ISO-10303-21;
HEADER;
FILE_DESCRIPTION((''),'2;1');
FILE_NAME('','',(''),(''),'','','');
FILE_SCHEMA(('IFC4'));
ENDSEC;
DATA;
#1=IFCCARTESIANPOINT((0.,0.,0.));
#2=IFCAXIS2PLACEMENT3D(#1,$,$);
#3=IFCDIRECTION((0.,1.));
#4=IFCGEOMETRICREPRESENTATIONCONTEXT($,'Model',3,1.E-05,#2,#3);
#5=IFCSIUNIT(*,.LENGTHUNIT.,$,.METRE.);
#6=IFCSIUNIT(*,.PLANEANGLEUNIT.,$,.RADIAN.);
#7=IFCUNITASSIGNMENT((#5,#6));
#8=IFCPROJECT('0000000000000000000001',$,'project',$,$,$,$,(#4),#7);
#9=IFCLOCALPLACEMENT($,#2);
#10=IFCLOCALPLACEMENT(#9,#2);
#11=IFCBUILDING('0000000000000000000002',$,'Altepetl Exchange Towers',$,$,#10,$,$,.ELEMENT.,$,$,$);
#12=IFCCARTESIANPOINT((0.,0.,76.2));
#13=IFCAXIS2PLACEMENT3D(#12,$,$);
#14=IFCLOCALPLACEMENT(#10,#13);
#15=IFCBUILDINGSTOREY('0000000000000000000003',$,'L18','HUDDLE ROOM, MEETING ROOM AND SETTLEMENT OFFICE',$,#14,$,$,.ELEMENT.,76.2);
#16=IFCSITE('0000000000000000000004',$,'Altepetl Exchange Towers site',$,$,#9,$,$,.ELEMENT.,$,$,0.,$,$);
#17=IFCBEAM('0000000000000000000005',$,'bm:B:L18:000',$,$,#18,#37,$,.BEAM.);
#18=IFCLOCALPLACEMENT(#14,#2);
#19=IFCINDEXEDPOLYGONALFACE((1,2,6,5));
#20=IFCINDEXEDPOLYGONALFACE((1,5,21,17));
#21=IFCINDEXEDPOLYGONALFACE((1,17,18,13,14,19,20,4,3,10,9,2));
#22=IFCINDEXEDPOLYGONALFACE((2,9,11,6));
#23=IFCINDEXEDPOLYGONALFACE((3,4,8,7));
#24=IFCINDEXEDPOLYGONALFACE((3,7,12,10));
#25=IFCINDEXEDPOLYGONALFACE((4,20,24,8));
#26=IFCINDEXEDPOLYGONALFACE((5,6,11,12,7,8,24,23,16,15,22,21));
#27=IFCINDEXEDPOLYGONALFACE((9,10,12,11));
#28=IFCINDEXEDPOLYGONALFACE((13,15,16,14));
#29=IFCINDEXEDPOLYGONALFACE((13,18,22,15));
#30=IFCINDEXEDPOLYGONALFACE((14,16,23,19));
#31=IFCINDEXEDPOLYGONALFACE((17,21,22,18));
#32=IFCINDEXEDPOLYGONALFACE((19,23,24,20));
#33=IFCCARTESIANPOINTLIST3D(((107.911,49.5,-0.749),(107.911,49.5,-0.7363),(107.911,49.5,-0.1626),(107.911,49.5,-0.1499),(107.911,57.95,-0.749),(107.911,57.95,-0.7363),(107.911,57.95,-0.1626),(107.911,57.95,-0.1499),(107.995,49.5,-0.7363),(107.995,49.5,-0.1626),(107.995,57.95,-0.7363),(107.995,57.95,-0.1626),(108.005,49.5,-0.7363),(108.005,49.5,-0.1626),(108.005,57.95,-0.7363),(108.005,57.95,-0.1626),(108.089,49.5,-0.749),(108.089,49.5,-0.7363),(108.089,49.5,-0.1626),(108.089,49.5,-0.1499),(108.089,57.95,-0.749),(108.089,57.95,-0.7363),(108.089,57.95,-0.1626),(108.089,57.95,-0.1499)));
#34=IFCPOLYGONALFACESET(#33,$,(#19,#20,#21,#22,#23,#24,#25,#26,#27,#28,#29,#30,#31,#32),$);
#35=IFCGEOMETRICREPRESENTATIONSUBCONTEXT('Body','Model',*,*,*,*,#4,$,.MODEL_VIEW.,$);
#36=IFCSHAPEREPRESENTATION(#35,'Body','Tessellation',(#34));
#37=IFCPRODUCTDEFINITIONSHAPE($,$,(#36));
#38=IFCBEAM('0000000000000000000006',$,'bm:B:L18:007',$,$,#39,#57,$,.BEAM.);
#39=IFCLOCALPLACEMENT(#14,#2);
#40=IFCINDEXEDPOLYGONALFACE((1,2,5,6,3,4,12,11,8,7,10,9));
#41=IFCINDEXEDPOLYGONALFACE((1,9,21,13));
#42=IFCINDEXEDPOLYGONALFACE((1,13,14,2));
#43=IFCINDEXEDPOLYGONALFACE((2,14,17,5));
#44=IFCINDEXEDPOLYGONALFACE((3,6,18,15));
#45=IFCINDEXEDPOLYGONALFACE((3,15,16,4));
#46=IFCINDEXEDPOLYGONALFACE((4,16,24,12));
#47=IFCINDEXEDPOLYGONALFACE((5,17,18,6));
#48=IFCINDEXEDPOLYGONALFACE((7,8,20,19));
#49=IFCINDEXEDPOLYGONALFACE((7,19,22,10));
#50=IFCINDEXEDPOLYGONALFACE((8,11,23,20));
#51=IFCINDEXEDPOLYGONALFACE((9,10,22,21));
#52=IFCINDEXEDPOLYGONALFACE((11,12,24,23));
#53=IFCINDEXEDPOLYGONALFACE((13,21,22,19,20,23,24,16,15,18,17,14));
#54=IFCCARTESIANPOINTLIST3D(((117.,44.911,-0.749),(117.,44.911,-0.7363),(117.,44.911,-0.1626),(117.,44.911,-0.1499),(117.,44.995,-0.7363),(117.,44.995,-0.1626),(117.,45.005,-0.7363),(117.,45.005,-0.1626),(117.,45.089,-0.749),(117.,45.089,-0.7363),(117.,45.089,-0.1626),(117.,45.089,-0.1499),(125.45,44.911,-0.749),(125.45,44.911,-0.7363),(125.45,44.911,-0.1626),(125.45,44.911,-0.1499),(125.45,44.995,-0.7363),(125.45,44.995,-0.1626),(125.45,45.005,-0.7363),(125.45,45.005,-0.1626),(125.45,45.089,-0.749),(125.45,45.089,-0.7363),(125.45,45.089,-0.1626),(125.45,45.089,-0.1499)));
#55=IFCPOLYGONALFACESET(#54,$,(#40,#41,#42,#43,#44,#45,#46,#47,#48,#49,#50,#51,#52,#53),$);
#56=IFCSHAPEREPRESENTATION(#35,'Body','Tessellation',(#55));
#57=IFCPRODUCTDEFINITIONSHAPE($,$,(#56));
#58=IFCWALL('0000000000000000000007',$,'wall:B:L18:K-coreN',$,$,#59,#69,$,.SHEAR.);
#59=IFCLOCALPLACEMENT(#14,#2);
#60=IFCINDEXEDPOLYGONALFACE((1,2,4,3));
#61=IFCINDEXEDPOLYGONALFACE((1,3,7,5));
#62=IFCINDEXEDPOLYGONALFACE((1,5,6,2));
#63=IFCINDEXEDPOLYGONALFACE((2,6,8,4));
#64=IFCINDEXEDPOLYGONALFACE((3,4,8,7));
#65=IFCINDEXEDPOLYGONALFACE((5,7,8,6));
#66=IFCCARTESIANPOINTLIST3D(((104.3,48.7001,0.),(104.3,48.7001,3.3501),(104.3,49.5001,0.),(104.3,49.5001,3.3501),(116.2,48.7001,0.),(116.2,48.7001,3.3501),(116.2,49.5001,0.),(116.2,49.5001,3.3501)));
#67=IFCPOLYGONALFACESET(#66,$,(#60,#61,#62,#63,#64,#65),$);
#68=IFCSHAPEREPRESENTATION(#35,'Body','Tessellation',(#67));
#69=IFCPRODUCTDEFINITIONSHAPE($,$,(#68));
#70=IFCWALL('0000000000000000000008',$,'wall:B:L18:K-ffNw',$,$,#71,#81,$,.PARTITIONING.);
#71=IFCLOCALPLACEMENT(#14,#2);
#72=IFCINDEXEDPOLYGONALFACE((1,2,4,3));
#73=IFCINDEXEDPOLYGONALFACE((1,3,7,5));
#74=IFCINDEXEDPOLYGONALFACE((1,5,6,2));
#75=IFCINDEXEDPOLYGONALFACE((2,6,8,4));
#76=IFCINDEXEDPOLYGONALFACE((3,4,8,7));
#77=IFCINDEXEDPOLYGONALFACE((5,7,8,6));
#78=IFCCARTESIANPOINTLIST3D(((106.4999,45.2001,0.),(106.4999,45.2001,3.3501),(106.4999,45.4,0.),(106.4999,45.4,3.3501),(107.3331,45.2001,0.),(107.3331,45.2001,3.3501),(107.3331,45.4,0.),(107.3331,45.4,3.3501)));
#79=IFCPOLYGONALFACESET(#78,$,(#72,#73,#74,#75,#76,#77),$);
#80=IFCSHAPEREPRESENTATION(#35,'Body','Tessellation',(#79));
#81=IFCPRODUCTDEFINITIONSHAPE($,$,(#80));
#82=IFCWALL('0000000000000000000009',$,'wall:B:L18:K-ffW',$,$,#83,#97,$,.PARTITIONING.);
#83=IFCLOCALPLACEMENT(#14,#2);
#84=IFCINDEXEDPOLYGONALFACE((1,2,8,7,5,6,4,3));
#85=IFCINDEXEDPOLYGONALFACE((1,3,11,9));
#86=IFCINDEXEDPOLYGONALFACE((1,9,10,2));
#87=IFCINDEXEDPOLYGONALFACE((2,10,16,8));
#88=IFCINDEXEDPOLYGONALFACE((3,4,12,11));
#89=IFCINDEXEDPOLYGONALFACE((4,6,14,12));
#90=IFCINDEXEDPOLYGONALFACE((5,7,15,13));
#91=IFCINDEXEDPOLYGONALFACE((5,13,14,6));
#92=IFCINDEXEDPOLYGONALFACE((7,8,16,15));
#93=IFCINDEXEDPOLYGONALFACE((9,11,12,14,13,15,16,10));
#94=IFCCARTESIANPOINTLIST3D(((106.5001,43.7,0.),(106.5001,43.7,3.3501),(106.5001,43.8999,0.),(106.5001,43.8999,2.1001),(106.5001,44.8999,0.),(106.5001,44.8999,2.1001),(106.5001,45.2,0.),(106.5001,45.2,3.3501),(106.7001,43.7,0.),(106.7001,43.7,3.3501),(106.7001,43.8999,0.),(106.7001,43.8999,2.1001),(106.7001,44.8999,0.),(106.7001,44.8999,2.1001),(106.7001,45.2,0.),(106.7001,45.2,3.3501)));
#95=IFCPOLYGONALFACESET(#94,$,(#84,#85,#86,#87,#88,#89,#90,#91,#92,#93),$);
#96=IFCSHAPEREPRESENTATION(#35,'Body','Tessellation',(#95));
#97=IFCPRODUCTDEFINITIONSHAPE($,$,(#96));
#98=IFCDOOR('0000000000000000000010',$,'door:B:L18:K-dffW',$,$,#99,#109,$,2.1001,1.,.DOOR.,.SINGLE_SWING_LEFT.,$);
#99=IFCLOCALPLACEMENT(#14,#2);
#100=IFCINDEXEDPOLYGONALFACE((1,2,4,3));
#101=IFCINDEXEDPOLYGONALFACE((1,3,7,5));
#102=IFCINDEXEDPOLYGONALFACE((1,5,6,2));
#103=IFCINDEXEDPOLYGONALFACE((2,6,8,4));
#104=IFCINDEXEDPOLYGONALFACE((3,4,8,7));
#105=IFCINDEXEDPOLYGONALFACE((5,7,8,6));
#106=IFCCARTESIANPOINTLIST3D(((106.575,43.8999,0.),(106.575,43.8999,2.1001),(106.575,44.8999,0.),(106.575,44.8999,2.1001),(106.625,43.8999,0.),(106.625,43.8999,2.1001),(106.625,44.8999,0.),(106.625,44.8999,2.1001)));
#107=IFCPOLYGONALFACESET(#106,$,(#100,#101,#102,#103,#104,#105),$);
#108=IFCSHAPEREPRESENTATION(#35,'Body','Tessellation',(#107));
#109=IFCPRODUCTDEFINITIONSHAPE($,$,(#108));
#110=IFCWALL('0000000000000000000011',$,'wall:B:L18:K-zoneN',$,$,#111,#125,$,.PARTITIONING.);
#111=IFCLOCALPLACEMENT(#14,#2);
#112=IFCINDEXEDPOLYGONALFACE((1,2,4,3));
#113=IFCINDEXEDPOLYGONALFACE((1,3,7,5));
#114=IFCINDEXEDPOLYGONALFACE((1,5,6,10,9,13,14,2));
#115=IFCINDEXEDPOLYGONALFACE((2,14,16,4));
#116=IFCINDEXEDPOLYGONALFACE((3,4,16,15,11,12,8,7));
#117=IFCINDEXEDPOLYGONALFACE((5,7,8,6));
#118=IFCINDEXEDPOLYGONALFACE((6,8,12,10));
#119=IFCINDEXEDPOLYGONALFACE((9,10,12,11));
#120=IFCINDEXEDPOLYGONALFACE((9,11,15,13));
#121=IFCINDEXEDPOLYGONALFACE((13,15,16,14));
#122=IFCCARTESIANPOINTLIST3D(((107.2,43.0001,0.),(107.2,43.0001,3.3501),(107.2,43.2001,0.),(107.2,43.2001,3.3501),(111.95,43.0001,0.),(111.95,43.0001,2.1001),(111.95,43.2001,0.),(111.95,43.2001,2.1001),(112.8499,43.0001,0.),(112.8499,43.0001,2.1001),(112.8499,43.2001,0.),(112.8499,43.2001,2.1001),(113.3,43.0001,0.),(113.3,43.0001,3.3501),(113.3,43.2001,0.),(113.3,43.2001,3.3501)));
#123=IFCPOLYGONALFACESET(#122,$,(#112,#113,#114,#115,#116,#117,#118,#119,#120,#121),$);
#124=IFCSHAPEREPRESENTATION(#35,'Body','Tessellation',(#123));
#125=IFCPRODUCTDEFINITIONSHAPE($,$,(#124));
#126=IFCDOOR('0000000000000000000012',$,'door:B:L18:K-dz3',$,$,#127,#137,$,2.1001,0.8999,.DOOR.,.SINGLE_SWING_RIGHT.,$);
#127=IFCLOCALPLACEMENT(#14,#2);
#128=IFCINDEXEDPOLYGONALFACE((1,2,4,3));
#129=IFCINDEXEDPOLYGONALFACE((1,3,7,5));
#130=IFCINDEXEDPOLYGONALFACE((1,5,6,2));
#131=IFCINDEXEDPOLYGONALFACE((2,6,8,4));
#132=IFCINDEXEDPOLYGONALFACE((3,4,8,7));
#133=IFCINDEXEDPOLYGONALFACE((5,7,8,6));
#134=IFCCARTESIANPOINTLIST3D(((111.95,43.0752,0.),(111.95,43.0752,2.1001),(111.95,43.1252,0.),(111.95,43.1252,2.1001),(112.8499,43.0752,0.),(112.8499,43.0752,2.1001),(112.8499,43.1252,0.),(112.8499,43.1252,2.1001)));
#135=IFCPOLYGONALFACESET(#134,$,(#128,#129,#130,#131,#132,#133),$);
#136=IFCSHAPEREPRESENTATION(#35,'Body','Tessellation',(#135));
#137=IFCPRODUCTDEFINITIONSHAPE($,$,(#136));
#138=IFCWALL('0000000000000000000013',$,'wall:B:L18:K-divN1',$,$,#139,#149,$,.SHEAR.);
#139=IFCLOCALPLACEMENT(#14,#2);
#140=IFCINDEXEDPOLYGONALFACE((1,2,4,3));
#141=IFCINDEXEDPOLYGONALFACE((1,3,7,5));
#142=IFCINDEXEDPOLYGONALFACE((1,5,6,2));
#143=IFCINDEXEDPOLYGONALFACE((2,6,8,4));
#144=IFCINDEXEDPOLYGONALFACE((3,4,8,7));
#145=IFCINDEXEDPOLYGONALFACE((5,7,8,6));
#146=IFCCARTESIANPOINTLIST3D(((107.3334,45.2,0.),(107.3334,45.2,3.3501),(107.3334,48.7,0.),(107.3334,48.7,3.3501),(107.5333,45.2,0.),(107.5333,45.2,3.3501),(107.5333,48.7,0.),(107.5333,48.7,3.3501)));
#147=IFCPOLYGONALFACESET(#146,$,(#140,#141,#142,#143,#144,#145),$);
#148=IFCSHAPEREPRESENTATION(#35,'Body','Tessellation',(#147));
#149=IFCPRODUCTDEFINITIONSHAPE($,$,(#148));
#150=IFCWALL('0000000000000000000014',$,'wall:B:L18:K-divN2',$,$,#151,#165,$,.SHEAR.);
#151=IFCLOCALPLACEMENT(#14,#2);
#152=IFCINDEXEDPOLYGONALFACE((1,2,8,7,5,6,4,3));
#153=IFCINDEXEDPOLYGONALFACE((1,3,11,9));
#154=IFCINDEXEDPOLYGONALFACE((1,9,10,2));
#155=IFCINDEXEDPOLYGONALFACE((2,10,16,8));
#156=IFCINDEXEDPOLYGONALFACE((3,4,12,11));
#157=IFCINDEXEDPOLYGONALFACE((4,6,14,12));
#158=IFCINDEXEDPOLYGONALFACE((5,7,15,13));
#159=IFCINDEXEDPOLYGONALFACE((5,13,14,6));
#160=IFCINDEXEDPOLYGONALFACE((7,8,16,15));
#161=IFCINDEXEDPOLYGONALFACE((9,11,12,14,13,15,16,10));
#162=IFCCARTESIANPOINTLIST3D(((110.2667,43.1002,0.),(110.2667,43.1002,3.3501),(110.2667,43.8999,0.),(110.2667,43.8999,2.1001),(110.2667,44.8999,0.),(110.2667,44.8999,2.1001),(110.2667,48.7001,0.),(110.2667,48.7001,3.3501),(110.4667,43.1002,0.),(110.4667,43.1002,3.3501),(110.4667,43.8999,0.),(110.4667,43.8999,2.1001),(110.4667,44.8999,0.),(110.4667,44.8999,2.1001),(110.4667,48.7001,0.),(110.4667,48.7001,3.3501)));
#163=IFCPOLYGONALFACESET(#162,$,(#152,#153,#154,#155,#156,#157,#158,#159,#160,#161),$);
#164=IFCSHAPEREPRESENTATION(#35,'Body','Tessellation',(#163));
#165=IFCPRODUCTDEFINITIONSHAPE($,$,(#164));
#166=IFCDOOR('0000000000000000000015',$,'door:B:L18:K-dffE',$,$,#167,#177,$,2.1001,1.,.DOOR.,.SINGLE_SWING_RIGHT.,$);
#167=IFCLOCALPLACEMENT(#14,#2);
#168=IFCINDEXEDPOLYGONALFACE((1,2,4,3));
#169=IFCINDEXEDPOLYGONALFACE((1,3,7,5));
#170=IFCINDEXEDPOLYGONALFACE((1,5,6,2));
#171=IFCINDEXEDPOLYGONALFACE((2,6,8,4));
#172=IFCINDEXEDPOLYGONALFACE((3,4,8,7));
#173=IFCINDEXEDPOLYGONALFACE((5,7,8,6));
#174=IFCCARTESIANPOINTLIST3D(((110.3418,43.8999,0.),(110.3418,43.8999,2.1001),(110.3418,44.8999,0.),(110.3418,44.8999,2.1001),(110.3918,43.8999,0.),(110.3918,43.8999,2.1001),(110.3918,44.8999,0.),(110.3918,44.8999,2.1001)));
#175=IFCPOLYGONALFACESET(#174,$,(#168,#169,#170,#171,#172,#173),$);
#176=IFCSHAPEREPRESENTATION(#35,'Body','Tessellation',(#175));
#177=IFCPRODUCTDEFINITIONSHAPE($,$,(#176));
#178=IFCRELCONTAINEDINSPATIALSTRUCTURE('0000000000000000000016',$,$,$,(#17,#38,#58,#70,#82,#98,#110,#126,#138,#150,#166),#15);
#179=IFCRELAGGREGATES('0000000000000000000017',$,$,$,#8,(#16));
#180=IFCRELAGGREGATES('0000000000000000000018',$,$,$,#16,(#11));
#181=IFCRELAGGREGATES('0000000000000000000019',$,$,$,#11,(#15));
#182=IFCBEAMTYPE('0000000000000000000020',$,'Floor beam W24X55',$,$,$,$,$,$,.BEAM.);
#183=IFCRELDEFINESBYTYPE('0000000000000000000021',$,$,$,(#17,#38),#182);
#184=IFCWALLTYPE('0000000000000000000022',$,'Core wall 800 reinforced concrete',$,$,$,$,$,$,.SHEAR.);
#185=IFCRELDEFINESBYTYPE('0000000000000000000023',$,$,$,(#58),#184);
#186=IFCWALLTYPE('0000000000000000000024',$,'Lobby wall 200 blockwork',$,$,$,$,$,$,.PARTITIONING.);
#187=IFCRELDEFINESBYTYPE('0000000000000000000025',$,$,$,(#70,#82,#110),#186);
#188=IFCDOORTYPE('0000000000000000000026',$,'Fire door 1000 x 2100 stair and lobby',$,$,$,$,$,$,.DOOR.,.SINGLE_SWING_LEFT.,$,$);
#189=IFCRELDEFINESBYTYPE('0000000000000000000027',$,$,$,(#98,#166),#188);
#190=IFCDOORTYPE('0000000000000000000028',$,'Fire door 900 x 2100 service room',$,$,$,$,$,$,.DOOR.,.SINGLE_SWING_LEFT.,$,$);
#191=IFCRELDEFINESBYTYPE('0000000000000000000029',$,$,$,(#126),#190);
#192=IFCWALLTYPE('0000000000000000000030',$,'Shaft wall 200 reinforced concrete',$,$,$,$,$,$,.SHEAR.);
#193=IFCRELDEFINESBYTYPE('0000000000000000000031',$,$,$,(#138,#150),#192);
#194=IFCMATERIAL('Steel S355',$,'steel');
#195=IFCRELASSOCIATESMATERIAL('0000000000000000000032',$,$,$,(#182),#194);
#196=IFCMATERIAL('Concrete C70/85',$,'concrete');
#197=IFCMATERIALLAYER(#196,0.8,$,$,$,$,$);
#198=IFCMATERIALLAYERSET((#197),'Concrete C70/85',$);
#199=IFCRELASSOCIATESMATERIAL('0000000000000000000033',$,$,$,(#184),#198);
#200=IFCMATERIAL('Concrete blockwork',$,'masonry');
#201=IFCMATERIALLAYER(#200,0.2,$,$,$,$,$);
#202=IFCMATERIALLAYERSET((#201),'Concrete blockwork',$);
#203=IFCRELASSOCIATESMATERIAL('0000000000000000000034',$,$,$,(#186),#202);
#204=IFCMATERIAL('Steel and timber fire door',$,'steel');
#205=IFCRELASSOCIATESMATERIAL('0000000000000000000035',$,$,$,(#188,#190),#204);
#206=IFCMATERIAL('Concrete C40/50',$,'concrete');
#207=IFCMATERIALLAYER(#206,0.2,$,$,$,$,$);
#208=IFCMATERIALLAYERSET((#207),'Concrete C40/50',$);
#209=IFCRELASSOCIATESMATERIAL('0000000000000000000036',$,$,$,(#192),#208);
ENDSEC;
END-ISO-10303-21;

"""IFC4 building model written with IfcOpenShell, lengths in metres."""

from ifc_helpers import new_model, si_unit, direction, frame, frame_2d, origin, origin_2d, place, context, subcontext, project, spatial, rectangle, i_section, extrude, material, layer, layer_set, material_profile, profile_set, type_object, element, fill, save


model = new_model("IFC4")

# Units and contexts
model_context = context("Model", 3, precision=1e-05, world=origin(), true_north=direction((0.0, 1.0)))
body_context = subcontext(model_context, "Body", "Model", "MODEL_VIEW")
ifc_project = project(units=[si_unit("LENGTHUNIT", "METRE"), si_unit("PLANEANGLEUNIT", "RADIAN")], contexts=[model_context])

# Site, building, storey
site_placement = place(None, origin())
site = spatial("IfcSite", under=ifc_project, at=site_placement, Name="Altepetl Exchange Towers site", CompositionType="ELEMENT", RefElevation=0.0)
building_placement = place(site_placement, origin())
building = spatial("IfcBuilding", under=site, at=building_placement, Name="Altepetl Exchange Towers", CompositionType="ELEMENT")
storey_placement = place(building_placement, frame((0.0, 0.0, 76.2)))
storey = spatial("IfcBuildingStorey", under=building, at=storey_placement, Name="L18", Description="HUDDLE ROOM, MEETING ROOM AND SETTLEMENT OFFICE", CompositionType="ELEMENT", Elevation=76.2)

# Beams
ifc_material_1 = material(Name="Steel S355", Category="steel")
ifc_material_profile = material_profile(ifc_material_1, i_section(OverallWidth=0.178, OverallDepth=0.5991, WebThickness=0.01, FlangeThickness=0.0127, at=origin_2d()), Name="W24X55")
ifc_profile_set = profile_set([ifc_material_profile], Name="Steel S355")
beam_type = type_object("IfcBeamType", Name="Floor beam W24X55", PredefinedType="BEAM", material=ifc_profile_set)
for number, where, z_axis, x_axis, name in (
    (1, (108.0, 49.5, -0.4495), (0.0, 1.0, 0.0), (-1.0, 0.0, 0.0), "bm:B:L18:000"),
    (2, (117.0, 45.0, -0.4495), (1.0, 0.0, 0.0), (0.0, 1.0, 0.0), "bm:B:L18:007"),
):
    element("IfcBeam", number, at=place(storey_placement, frame(where, z_axis=z_axis, x_axis=x_axis)), inside=storey, type_object=beam_type, Name=name, PredefinedType="BEAM", context=body_context, shape_type="SweptSolid", body=[
        extrude(i_section(OverallWidth=0.178, OverallDepth=0.5991, WebThickness=0.01, FlangeThickness=0.0127, at=origin_2d()), origin(), (0.0, 0.0, 1.0), 8.45),
    ])

# Walls
ifc_material_2 = material(Name="Concrete C70/85", Category="concrete")
ifc_layer_1 = layer(ifc_material_2, 0.8)
ifc_layer_set_1 = layer_set([ifc_layer_1], Name="Concrete C70/85")
wall_type_1 = type_object("IfcWallType", Name="Core wall 800 reinforced concrete", PredefinedType="SHEAR", material=ifc_layer_set_1)
wall_1_placement = place(storey_placement, frame((104.3, 49.1001, 0.0)))
element("IfcWall", 3, at=wall_1_placement, inside=storey, type_object=wall_type_1, Name="wall:B:L18:K-coreN", PredefinedType="SHEAR", context=body_context, shape_type="SweptSolid", body=[
    extrude(rectangle(XDim=11.8999, YDim=0.8, at=frame_2d((5.95, 0.0))), origin(), (0.0, 0.0, 1.0), 3.3501),
])
ifc_material_3 = material(Name="Concrete blockwork", Category="masonry")
ifc_layer_2 = layer(ifc_material_3, 0.2)
ifc_layer_set_2 = layer_set([ifc_layer_2], Name="Concrete blockwork")
wall_type_2 = type_object("IfcWallType", Name="Lobby wall 200 blockwork", PredefinedType="PARTITIONING", material=ifc_layer_set_2)
wall_2_placement = place(storey_placement, frame((106.5, 45.3, 0.0)))
element("IfcWall", 4, at=wall_2_placement, inside=storey, type_object=wall_type_2, Name="wall:B:L18:K-ffNw", PredefinedType="PARTITIONING", context=body_context, shape_type="SweptSolid", body=[
    extrude(rectangle(XDim=0.8333, YDim=0.2, at=frame_2d((0.4165, 0.0))), origin(), (0.0, 0.0, 1.0), 3.3501),
])

# Walls, openings, doors
wall_3_placement = place(storey_placement, frame((106.6001, 43.7, 0.0), z_axis=(0.0, 0.0, 1.0), x_axis=(0.0, 1.0, 0.0)))
wall_3 = element("IfcWall", 5, at=wall_3_placement, inside=storey, type_object=wall_type_2, Name="wall:B:L18:K-ffW", PredefinedType="PARTITIONING", context=body_context, shape_type="SweptSolid", body=[
    extrude(rectangle(XDim=1.5, YDim=0.2, at=frame_2d((0.75, 0.0))), origin(), (0.0, 0.0, 1.0), 3.3501),
])
opening_1_placement = place(wall_3_placement, frame((0.2, 0.0, 0.0)))
opening_1 = element("IfcOpeningElement", 6, at=opening_1_placement, cuts=wall_3, PredefinedType="OPENING", context=body_context, shape_type="SweptSolid", body=[
    extrude(rectangle(XDim=1.0, YDim=2.1001, at=frame_2d((0.5, 1.05))), frame((0.0, 0.1099, 0.0), z_axis=(0.0, -1.0, 0.0), x_axis=(1.0, 0.0, 0.0)), (0.0, 0.0, 1.0), 0.22),
])
ifc_material_4 = material(Name="Steel and timber fire door", Category="steel")
door_type_1 = type_object("IfcDoorType", Name="Fire door 1000 x 2100 stair and lobby", OperationType="SINGLE_SWING_LEFT", PredefinedType="DOOR", material=ifc_material_4)
door_1_placement = place(opening_1_placement, frame((1.0, 0.0, 0.0), x_axis=(-1.0, 0.0, 0.0)))
door_1 = element("IfcDoor", 7, at=door_1_placement, inside=storey, type_object=door_type_1, Name="door:B:L18:K-dffW", OperationType="SINGLE_SWING_LEFT", OverallHeight=2.1001, OverallWidth=1.0, PredefinedType="DOOR", context=body_context, shape_type="SweptSolid", body=[
    extrude(rectangle(XDim=1.0, YDim=2.1001, at=frame_2d((0.5, 1.05))), frame((0.0, 0.0249, 0.0), z_axis=(0.0, -1.0, 0.0), x_axis=(1.0, 0.0, 0.0)), (0.0, 0.0, 1.0), 0.05),
])
fill(opening_1, door_1)
wall_4_placement = place(storey_placement, frame((107.2, 43.1001, 0.0)))
wall_4 = element("IfcWall", 8, at=wall_4_placement, inside=storey, type_object=wall_type_2, Name="wall:B:L18:K-zoneN", PredefinedType="PARTITIONING", context=body_context, shape_type="SweptSolid", body=[
    extrude(rectangle(XDim=6.1001, YDim=0.2, at=frame_2d((3.05, 0.0))), origin(), (0.0, 0.0, 1.0), 3.3501),
])
opening_2_placement = place(wall_4_placement, frame((4.75, 0.0, 0.0)))
opening_2 = element("IfcOpeningElement", 9, at=opening_2_placement, cuts=wall_4, PredefinedType="OPENING", context=body_context, shape_type="SweptSolid", body=[
    extrude(rectangle(XDim=0.8999, YDim=2.1001, at=frame_2d((0.45, 1.05))), frame((0.0, 0.1099, 0.0), z_axis=(0.0, -1.0, 0.0), x_axis=(1.0, 0.0, 0.0)), (0.0, 0.0, 1.0), 0.22),
])
door_type_2 = type_object("IfcDoorType", Name="Fire door 900 x 2100 service room", OperationType="SINGLE_SWING_LEFT", PredefinedType="DOOR", material=ifc_material_4)
door_2_placement = place(opening_2_placement, frame((0.8999, 0.0, 0.0), x_axis=(-1.0, 0.0, 0.0)))
door_2 = element("IfcDoor", 10, at=door_2_placement, inside=storey, type_object=door_type_2, Name="door:B:L18:K-dz3", OperationType="SINGLE_SWING_RIGHT", OverallHeight=2.1001, OverallWidth=0.8999, PredefinedType="DOOR", context=body_context, shape_type="SweptSolid", body=[
    extrude(rectangle(XDim=0.8999, YDim=2.1001, at=frame_2d((0.45, 1.05))), frame((0.0, 0.0249, 0.0), z_axis=(0.0, -1.0, 0.0), x_axis=(1.0, 0.0, 0.0)), (0.0, 0.0, 1.0), 0.05),
])
fill(opening_2, door_2)

# Wall
ifc_material_5 = material(Name="Concrete C40/50", Category="concrete")
ifc_layer_3 = layer(ifc_material_5, 0.2)
ifc_layer_set_3 = layer_set([ifc_layer_3], Name="Concrete C40/50")
wall_type_3 = type_object("IfcWallType", Name="Shaft wall 200 reinforced concrete", PredefinedType="SHEAR", material=ifc_layer_set_3)
wall_5_placement = place(storey_placement, frame((107.4333, 48.7, 0.0), z_axis=(0.0, 0.0, 1.0), x_axis=(0.0, -1.0, 0.0)))
element("IfcWall", 11, at=wall_5_placement, inside=storey, type_object=wall_type_3, Name="wall:B:L18:K-divN1", PredefinedType="SHEAR", context=body_context, shape_type="SweptSolid", body=[
    extrude(rectangle(XDim=3.5, YDim=0.2, at=frame_2d((1.75, 0.0))), origin(), (0.0, 0.0, 1.0), 3.3501),
])

# Wall, opening, door
wall_6_placement = place(storey_placement, frame((110.3667, 48.7, 0.0), z_axis=(0.0, 0.0, 1.0), x_axis=(0.0, -1.0, 0.0)))
wall_6 = element("IfcWall", 12, at=wall_6_placement, inside=storey, type_object=wall_type_3, Name="wall:B:L18:K-divN2", PredefinedType="SHEAR", context=body_context, shape_type="SweptSolid", body=[
    extrude(rectangle(XDim=5.5999, YDim=0.2, at=frame_2d((2.7998, 0.0))), origin(), (0.0, 0.0, 1.0), 3.3501),
])
opening_3_placement = place(wall_6_placement, frame((3.8, 0.0, 0.0)))
opening_3 = element("IfcOpeningElement", 13, at=opening_3_placement, cuts=wall_6, PredefinedType="OPENING", context=body_context, shape_type="SweptSolid", body=[
    extrude(rectangle(XDim=1.0, YDim=2.1001, at=frame_2d((0.5, 1.05))), frame((0.0, 0.1099, 0.0), z_axis=(0.0, -1.0, 0.0), x_axis=(1.0, 0.0, 0.0)), (0.0, 0.0, 1.0), 0.22),
])
door_3_placement = place(opening_3_placement, frame((1.0, 0.0, 0.0), x_axis=(-1.0, 0.0, 0.0)))
door_3 = element("IfcDoor", 14, at=door_3_placement, inside=storey, type_object=door_type_1, Name="door:B:L18:K-dffE", OperationType="SINGLE_SWING_RIGHT", OverallHeight=2.1001, OverallWidth=1.0, PredefinedType="DOOR", context=body_context, shape_type="SweptSolid", body=[
    extrude(rectangle(XDim=1.0, YDim=2.1001, at=frame_2d((0.5, 1.05))), frame((0.0, 0.0249, 0.0), z_axis=(0.0, -1.0, 0.0), x_axis=(1.0, 0.0, 0.0)), (0.0, 0.0, 1.0), 0.05),
])
fill(opening_3, door_3)

save(model, "model.ifc")
